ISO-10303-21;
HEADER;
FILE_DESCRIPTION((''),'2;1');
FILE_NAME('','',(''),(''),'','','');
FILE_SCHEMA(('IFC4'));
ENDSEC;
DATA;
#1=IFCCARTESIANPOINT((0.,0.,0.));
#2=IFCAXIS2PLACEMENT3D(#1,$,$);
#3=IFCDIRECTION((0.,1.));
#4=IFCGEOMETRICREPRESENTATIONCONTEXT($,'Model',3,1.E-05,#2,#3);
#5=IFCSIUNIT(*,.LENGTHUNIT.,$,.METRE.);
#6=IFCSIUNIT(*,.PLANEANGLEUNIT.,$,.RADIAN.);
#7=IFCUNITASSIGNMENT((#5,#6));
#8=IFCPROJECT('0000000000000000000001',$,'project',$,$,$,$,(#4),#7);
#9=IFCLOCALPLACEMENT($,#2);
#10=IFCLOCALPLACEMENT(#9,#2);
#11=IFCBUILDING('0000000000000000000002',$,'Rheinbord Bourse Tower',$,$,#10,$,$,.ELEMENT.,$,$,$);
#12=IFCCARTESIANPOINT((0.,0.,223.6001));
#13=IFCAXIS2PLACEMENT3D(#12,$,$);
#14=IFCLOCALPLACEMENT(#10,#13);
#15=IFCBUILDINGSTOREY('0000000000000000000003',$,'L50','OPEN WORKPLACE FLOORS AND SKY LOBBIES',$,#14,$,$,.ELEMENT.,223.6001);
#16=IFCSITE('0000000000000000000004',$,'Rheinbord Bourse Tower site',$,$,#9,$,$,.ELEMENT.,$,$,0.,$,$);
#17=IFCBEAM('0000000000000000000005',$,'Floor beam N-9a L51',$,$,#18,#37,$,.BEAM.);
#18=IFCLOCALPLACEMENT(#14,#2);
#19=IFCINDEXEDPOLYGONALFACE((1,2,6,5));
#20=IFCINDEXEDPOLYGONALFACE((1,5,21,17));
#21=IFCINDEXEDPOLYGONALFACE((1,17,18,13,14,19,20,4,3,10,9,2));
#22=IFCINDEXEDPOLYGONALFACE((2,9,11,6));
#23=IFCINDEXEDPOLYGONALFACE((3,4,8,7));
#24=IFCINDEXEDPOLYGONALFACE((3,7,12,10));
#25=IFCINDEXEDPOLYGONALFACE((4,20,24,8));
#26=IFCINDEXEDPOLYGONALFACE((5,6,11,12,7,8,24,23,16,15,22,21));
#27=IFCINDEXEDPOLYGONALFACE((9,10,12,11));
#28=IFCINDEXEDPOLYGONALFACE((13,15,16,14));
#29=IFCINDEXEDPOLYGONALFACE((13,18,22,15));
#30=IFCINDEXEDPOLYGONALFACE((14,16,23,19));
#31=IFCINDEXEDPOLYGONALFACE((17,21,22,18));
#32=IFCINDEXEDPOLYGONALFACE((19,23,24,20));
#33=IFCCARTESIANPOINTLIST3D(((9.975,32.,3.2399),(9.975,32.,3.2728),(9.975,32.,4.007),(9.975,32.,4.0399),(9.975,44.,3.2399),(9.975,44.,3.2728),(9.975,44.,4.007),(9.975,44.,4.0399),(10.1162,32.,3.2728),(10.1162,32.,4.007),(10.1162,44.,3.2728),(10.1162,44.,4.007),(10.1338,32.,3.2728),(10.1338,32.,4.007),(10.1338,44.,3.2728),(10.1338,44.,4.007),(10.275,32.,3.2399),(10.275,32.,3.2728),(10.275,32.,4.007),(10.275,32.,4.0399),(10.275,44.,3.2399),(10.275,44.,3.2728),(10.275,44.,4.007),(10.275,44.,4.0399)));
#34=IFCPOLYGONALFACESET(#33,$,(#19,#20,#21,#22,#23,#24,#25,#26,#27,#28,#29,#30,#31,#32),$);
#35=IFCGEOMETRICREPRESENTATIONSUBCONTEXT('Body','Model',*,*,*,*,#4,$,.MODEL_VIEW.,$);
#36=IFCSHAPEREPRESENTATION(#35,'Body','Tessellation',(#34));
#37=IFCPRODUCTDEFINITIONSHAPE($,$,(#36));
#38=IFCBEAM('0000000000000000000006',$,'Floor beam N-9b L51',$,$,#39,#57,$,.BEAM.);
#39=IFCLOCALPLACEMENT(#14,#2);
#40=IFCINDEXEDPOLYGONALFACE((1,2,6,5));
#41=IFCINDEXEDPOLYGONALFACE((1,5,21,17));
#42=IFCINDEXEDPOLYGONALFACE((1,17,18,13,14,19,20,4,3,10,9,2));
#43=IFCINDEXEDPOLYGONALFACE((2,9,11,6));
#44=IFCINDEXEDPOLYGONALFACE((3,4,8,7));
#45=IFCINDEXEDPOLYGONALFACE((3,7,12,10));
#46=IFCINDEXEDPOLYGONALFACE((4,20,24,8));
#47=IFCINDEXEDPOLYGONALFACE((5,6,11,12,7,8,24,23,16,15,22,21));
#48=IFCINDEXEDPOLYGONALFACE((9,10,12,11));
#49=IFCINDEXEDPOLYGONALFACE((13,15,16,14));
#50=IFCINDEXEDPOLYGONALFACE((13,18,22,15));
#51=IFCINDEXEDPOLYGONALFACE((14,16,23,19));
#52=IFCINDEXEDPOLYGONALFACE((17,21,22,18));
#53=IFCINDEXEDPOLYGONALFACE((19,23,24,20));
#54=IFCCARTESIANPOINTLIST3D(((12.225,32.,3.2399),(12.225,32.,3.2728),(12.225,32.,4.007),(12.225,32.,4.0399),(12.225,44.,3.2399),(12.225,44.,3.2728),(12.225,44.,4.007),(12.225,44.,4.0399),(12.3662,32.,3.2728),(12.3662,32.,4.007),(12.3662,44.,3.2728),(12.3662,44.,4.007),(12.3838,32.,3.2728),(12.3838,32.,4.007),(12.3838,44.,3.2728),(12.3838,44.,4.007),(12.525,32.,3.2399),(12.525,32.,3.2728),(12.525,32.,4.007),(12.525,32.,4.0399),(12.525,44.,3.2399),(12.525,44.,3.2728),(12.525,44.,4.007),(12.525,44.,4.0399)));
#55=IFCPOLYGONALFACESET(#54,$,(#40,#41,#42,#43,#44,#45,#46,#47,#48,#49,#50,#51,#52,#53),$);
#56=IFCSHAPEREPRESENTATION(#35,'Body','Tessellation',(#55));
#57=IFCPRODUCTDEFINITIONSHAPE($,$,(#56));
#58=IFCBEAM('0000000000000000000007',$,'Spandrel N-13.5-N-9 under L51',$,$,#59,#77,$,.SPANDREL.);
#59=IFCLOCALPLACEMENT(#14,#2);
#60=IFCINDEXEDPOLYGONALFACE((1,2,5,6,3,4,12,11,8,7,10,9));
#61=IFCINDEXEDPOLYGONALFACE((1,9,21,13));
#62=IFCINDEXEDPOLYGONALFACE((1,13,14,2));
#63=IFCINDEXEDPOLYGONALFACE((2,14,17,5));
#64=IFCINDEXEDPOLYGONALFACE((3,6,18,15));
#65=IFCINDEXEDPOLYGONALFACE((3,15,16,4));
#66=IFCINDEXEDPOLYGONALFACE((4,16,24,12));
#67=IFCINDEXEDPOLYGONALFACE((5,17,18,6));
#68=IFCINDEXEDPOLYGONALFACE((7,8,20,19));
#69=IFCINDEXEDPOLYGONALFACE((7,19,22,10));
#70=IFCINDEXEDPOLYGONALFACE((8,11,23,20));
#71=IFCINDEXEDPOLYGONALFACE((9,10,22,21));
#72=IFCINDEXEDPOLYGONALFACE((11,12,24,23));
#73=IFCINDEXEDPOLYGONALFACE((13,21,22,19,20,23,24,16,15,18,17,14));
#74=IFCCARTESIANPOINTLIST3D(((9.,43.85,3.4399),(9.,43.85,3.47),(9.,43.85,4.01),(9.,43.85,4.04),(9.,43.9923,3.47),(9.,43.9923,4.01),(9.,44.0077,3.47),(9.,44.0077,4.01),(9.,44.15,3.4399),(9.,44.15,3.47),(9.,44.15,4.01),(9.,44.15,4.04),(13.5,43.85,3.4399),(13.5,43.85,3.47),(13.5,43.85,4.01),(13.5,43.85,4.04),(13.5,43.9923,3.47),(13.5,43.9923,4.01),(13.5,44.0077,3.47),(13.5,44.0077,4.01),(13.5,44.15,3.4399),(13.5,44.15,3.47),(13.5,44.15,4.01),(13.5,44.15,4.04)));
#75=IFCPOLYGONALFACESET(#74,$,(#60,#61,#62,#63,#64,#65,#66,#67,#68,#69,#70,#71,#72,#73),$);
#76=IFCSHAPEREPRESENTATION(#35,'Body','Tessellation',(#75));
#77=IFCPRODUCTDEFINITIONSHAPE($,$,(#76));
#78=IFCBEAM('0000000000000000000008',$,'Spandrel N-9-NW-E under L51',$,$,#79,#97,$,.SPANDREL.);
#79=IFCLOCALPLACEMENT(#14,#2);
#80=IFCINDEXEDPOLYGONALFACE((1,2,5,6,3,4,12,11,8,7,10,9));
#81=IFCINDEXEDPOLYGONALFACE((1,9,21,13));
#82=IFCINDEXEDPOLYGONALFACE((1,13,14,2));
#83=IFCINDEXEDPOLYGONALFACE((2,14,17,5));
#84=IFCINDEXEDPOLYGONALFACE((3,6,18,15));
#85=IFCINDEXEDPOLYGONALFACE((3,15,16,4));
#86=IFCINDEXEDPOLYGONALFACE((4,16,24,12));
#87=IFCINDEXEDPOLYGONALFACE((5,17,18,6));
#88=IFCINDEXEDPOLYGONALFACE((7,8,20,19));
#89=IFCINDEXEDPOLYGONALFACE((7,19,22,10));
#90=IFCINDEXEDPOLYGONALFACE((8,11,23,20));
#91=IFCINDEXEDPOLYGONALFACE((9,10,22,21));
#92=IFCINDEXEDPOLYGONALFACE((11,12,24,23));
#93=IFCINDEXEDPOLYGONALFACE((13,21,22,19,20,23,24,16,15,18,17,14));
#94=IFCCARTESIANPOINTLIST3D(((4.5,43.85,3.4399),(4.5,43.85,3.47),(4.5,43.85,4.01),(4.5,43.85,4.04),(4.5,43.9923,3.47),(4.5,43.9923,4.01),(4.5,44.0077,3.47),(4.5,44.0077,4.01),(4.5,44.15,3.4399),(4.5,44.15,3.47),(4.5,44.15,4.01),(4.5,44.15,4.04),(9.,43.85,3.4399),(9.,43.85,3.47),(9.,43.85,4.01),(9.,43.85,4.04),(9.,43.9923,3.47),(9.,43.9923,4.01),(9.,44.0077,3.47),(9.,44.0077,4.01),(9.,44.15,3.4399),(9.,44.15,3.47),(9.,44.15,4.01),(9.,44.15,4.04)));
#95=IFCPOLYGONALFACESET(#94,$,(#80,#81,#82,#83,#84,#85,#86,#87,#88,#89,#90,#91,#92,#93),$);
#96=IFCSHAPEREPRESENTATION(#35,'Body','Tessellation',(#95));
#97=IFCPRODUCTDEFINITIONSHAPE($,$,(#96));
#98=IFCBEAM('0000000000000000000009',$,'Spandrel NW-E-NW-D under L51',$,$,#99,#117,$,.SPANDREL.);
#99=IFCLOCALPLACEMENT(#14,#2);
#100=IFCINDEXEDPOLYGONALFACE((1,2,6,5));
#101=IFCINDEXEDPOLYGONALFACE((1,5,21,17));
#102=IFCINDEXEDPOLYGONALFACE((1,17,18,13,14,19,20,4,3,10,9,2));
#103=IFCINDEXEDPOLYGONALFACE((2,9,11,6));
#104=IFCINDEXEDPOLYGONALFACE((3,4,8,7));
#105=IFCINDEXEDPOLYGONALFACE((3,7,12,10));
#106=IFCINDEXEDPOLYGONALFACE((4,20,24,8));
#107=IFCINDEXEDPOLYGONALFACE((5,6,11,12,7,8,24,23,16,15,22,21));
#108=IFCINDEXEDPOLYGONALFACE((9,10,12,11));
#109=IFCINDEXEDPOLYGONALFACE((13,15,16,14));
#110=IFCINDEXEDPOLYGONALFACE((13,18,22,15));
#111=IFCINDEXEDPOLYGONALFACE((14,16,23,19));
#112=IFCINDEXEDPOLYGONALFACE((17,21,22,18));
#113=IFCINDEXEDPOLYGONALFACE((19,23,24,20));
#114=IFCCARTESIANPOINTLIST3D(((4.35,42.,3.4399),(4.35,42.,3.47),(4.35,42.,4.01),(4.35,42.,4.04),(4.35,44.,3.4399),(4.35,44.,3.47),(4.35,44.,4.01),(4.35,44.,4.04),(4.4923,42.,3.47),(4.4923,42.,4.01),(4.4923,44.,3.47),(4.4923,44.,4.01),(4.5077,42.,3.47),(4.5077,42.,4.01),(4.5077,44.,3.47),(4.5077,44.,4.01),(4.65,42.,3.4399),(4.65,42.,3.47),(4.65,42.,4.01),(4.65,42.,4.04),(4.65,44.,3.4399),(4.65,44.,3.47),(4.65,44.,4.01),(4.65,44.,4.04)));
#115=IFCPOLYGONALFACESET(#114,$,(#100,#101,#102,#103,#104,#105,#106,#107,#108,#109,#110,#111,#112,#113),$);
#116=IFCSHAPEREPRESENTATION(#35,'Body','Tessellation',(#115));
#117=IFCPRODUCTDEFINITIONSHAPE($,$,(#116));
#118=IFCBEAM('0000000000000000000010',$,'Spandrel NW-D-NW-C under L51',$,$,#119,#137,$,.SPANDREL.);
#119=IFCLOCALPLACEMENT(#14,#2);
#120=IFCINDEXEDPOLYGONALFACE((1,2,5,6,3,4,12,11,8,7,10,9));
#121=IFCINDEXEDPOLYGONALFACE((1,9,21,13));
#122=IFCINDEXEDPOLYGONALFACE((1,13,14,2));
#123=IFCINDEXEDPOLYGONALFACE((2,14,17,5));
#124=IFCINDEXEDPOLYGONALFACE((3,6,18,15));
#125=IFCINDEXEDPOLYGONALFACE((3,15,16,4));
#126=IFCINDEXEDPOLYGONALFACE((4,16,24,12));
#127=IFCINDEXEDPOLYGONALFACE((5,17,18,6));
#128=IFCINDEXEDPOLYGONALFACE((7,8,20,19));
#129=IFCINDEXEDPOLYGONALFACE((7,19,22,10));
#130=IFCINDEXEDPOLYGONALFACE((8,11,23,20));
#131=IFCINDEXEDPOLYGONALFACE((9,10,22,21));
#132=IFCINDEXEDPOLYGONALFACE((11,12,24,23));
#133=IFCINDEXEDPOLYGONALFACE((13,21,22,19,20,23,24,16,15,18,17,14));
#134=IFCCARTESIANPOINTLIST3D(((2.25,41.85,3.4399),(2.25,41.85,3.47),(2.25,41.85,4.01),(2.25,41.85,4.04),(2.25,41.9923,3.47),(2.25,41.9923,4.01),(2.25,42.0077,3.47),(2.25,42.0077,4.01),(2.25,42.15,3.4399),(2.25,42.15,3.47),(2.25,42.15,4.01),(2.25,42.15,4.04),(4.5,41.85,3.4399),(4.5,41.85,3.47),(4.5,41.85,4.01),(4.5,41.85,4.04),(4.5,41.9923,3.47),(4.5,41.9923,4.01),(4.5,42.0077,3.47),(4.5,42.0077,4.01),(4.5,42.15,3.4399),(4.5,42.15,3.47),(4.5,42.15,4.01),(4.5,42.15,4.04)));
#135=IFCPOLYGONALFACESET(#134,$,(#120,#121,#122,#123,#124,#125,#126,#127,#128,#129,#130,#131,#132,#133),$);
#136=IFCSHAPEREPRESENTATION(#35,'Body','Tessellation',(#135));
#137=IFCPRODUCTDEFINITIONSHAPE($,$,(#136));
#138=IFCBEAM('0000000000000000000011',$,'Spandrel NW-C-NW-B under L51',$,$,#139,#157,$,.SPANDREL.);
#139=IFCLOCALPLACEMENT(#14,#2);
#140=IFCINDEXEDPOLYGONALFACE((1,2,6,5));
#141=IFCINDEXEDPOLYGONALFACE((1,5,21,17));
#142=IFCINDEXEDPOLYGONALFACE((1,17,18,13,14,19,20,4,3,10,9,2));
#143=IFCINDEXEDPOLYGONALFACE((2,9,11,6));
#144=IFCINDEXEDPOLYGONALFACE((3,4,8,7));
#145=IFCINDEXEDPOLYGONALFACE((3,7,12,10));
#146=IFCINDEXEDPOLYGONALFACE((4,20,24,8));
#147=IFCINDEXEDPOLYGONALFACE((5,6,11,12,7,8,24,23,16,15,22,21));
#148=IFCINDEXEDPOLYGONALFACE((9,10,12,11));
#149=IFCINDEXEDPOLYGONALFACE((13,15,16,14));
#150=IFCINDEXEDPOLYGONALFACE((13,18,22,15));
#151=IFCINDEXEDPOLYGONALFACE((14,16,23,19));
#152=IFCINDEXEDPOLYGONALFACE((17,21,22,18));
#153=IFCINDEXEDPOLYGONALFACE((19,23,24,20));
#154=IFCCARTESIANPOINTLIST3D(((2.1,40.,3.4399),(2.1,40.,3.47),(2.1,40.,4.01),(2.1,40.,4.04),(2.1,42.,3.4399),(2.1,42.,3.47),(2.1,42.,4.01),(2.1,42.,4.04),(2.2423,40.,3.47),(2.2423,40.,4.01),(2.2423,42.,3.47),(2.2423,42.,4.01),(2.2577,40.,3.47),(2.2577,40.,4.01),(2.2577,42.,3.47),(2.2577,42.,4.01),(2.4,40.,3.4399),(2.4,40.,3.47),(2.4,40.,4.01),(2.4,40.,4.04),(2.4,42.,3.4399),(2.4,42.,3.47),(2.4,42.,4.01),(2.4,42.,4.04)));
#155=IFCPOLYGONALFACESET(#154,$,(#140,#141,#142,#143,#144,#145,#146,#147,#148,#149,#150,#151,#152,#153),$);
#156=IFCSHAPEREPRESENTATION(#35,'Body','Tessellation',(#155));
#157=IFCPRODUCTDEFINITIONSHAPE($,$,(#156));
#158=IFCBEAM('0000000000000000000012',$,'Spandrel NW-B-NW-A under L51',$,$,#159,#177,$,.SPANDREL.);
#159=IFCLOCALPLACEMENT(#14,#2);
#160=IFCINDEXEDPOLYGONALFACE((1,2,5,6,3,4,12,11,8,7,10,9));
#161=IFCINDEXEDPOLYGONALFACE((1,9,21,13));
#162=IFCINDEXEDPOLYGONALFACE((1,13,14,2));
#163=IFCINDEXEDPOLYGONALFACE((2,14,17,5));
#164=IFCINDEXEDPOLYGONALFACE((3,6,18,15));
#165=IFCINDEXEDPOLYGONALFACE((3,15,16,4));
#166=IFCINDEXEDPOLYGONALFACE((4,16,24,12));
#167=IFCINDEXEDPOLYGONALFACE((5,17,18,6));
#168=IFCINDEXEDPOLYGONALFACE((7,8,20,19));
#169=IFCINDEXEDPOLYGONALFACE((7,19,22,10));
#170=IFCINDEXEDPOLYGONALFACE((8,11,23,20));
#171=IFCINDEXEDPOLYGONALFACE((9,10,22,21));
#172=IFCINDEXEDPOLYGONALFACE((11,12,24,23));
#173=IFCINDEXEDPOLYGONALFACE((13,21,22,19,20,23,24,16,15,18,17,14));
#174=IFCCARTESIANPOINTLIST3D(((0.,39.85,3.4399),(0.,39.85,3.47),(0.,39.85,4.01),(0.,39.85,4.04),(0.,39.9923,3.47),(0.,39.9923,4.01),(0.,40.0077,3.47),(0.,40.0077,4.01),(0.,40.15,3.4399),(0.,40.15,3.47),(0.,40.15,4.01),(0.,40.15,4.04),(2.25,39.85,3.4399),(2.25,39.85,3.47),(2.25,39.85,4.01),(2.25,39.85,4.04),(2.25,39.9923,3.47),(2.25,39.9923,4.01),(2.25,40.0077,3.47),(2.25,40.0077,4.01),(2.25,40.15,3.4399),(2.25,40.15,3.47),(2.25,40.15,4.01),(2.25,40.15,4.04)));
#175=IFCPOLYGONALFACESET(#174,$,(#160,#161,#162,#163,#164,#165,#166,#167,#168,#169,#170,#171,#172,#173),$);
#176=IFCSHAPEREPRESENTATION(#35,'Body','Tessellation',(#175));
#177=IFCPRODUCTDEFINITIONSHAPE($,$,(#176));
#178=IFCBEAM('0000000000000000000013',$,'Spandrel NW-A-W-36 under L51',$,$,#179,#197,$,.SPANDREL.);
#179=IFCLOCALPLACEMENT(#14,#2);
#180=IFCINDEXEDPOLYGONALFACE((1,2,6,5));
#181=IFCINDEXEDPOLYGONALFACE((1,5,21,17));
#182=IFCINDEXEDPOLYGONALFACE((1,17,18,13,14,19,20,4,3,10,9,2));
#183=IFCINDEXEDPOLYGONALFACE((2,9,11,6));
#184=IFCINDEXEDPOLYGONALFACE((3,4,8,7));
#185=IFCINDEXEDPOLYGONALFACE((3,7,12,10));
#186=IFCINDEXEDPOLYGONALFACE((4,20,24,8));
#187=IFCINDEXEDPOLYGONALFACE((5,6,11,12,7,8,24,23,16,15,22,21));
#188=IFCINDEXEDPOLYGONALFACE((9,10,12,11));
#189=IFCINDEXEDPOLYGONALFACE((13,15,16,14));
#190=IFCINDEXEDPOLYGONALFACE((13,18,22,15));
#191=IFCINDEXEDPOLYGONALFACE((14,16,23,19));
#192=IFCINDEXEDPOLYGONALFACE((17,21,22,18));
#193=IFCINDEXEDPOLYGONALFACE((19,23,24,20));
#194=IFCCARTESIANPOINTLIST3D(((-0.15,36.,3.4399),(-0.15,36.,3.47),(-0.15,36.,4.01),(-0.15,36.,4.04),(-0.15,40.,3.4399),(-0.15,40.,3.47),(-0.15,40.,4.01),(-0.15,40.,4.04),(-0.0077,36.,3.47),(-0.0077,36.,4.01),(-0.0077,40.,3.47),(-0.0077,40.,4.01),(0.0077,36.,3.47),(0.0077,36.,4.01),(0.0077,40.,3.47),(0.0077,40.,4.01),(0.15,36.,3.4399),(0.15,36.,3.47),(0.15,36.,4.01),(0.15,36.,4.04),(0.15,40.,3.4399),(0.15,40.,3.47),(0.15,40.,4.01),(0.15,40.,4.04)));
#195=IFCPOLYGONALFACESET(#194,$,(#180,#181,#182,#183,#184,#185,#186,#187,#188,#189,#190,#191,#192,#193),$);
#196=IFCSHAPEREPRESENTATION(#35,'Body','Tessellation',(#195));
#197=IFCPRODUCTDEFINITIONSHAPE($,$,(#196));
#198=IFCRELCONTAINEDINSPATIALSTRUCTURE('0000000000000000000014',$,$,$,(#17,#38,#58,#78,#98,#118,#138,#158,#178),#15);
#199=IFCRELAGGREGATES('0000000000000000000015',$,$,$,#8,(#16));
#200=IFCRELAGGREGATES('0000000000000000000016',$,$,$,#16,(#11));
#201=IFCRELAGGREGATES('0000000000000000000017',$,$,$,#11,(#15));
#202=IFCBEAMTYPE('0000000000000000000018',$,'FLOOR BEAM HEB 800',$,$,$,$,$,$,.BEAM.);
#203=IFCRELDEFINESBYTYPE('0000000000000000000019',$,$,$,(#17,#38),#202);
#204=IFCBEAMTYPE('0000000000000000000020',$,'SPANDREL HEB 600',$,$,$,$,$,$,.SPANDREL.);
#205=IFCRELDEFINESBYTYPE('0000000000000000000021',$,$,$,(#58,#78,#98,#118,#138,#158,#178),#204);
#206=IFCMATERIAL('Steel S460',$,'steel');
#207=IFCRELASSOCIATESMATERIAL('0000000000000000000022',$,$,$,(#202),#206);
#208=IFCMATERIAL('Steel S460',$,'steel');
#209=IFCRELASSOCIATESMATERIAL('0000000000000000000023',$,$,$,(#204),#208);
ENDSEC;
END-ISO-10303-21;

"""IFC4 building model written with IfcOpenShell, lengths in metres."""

from ifc_helpers import new_model, si_unit, direction, frame, origin, origin_2d, place, context, subcontext, project, spatial, i_section, extrude, material, material_profile, profile_set, type_object, element, save


model = new_model("IFC4")

# Units and contexts
model_context = context("Model", 3, precision=1e-05, world=origin(), true_north=direction((0.0, 1.0)))
body_context = subcontext(model_context, "Body", "Model", "MODEL_VIEW")
ifc_project = project(units=[si_unit("LENGTHUNIT", "METRE"), si_unit("PLANEANGLEUNIT", "RADIAN")], contexts=[model_context])

# Site, building, storey
site_placement = place(None, origin())
site = spatial("IfcSite", under=ifc_project, at=site_placement, Name="Rheinbord Bourse Tower site", CompositionType="ELEMENT", RefElevation=0.0)
building_placement = place(site_placement, origin())
building = spatial("IfcBuilding", under=site, at=building_placement, Name="Rheinbord Bourse Tower", CompositionType="ELEMENT")
storey_placement = place(building_placement, frame((0.0, 0.0, 223.6001)))
storey = spatial("IfcBuildingStorey", under=building, at=storey_placement, Name="L50", Description="OPEN WORKPLACE FLOORS AND SKY LOBBIES", CompositionType="ELEMENT", Elevation=223.6001)

# Beams
ifc_material_1 = material(Name="Steel S460", Category="steel")
ifc_material_profile_1 = material_profile(ifc_material_1, i_section(OverallWidth=0.3, OverallDepth=0.8, WebThickness=0.0176, FlangeThickness=0.033, at=origin_2d()), Name="HEB 800")
ifc_profile_set_1 = profile_set([ifc_material_profile_1], Name="Steel S460")
beam_type_1 = type_object("IfcBeamType", Name="FLOOR BEAM HEB 800", PredefinedType="BEAM", material=ifc_profile_set_1)
for number, where, z_axis, x_axis, name in (
    (1, (10.125, 44.0, 3.6399), (0.0, -1.0, 0.0), (1.0, 0.0, 0.0), "Floor beam N-9a L51"),
    (2, (12.375, 44.0, 3.6399), (0.0, -1.0, 0.0), (1.0, 0.0, 0.0), "Floor beam N-9b L51"),
):
    element("IfcBeam", number, at=place(storey_placement, frame(where, z_axis=z_axis, x_axis=x_axis)), inside=storey, type_object=beam_type_1, Name=name, PredefinedType="BEAM", context=body_context, shape_type="SweptSolid", body=[
        extrude(i_section(OverallWidth=0.3, OverallDepth=0.8, WebThickness=0.0176, FlangeThickness=0.033, at=origin_2d()), origin(), (0.0, 0.0, 1.0), 12.0),
    ])
ifc_material_2 = material(Name="Steel S460", Category="steel")
ifc_material_profile_2 = material_profile(ifc_material_2, i_section(OverallWidth=0.3, OverallDepth=0.6001, WebThickness=0.0154, FlangeThickness=0.03, at=origin_2d()), Name="HEB 600")
ifc_profile_set_2 = profile_set([ifc_material_profile_2], Name="Steel S460")
beam_type_2 = type_object("IfcBeamType", Name="SPANDREL HEB 600", PredefinedType="SPANDREL", material=ifc_profile_set_2)
for number, where, z_axis, x_axis, name in (
    (3, (13.5, 44.0, 3.74), (-1.0, 0.0, 0.0), (0.0, -1.0, 0.0), "Spandrel N-13.5-N-9 under L51"),
    (4, (9.0, 44.0, 3.74), (-1.0, 0.0, 0.0), (0.0, -1.0, 0.0), "Spandrel N-9-NW-E under L51"),
):
    element("IfcBeam", number, at=place(storey_placement, frame(where, z_axis=z_axis, x_axis=x_axis)), inside=storey, type_object=beam_type_2, Name=name, PredefinedType="SPANDREL", context=body_context, shape_type="SweptSolid", body=[
        extrude(i_section(OverallWidth=0.3, OverallDepth=0.6001, WebThickness=0.0154, FlangeThickness=0.03, at=origin_2d()), origin(), (0.0, 0.0, 1.0), 4.5),
    ])
beam_1_placement = place(storey_placement, frame((4.5, 44.0, 3.74), z_axis=(0.0, -1.0, 0.0), x_axis=(1.0, 0.0, 0.0)))
element("IfcBeam", 5, at=beam_1_placement, inside=storey, type_object=beam_type_2, Name="Spandrel NW-E-NW-D under L51", PredefinedType="SPANDREL", context=body_context, shape_type="SweptSolid", body=[
    extrude(i_section(OverallWidth=0.3, OverallDepth=0.6001, WebThickness=0.0154, FlangeThickness=0.03, at=origin_2d()), origin(), (0.0, 0.0, 1.0), 2.0),
])
beam_2_placement = place(storey_placement, frame((4.5, 42.0, 3.74), z_axis=(-1.0, 0.0, 0.0), x_axis=(0.0, -1.0, 0.0)))
element("IfcBeam", 6, at=beam_2_placement, inside=storey, type_object=beam_type_2, Name="Spandrel NW-D-NW-C under L51", PredefinedType="SPANDREL", context=body_context, shape_type="SweptSolid", body=[
    extrude(i_section(OverallWidth=0.3, OverallDepth=0.6001, WebThickness=0.0154, FlangeThickness=0.03, at=origin_2d()), origin(), (0.0, 0.0, 1.0), 2.25),
])
beam_3_placement = place(storey_placement, frame((2.25, 42.0, 3.74), z_axis=(0.0, -1.0, 0.0), x_axis=(1.0, 0.0, 0.0)))
element("IfcBeam", 7, at=beam_3_placement, inside=storey, type_object=beam_type_2, Name="Spandrel NW-C-NW-B under L51", PredefinedType="SPANDREL", context=body_context, shape_type="SweptSolid", body=[
    extrude(i_section(OverallWidth=0.3, OverallDepth=0.6001, WebThickness=0.0154, FlangeThickness=0.03, at=origin_2d()), origin(), (0.0, 0.0, 1.0), 2.0),
])
beam_4_placement = place(storey_placement, frame((2.25, 40.0, 3.74), z_axis=(-1.0, 0.0, 0.0), x_axis=(0.0, -1.0, 0.0)))
element("IfcBeam", 8, at=beam_4_placement, inside=storey, type_object=beam_type_2, Name="Spandrel NW-B-NW-A under L51", PredefinedType="SPANDREL", context=body_context, shape_type="SweptSolid", body=[
    extrude(i_section(OverallWidth=0.3, OverallDepth=0.6001, WebThickness=0.0154, FlangeThickness=0.03, at=origin_2d()), origin(), (0.0, 0.0, 1.0), 2.25),
])
beam_5_placement = place(storey_placement, frame((0.0, 40.0, 3.74), z_axis=(0.0, -1.0, 0.0), x_axis=(1.0, 0.0, 0.0)))
element("IfcBeam", 9, at=beam_5_placement, inside=storey, type_object=beam_type_2, Name="Spandrel NW-A-W-36 under L51", PredefinedType="SPANDREL", context=body_context, shape_type="SweptSolid", body=[
    extrude(i_section(OverallWidth=0.3, OverallDepth=0.6001, WebThickness=0.0154, FlangeThickness=0.03, at=origin_2d()), origin(), (0.0, 0.0, 1.0), 4.0),
])

save(model, "model.ifc")
